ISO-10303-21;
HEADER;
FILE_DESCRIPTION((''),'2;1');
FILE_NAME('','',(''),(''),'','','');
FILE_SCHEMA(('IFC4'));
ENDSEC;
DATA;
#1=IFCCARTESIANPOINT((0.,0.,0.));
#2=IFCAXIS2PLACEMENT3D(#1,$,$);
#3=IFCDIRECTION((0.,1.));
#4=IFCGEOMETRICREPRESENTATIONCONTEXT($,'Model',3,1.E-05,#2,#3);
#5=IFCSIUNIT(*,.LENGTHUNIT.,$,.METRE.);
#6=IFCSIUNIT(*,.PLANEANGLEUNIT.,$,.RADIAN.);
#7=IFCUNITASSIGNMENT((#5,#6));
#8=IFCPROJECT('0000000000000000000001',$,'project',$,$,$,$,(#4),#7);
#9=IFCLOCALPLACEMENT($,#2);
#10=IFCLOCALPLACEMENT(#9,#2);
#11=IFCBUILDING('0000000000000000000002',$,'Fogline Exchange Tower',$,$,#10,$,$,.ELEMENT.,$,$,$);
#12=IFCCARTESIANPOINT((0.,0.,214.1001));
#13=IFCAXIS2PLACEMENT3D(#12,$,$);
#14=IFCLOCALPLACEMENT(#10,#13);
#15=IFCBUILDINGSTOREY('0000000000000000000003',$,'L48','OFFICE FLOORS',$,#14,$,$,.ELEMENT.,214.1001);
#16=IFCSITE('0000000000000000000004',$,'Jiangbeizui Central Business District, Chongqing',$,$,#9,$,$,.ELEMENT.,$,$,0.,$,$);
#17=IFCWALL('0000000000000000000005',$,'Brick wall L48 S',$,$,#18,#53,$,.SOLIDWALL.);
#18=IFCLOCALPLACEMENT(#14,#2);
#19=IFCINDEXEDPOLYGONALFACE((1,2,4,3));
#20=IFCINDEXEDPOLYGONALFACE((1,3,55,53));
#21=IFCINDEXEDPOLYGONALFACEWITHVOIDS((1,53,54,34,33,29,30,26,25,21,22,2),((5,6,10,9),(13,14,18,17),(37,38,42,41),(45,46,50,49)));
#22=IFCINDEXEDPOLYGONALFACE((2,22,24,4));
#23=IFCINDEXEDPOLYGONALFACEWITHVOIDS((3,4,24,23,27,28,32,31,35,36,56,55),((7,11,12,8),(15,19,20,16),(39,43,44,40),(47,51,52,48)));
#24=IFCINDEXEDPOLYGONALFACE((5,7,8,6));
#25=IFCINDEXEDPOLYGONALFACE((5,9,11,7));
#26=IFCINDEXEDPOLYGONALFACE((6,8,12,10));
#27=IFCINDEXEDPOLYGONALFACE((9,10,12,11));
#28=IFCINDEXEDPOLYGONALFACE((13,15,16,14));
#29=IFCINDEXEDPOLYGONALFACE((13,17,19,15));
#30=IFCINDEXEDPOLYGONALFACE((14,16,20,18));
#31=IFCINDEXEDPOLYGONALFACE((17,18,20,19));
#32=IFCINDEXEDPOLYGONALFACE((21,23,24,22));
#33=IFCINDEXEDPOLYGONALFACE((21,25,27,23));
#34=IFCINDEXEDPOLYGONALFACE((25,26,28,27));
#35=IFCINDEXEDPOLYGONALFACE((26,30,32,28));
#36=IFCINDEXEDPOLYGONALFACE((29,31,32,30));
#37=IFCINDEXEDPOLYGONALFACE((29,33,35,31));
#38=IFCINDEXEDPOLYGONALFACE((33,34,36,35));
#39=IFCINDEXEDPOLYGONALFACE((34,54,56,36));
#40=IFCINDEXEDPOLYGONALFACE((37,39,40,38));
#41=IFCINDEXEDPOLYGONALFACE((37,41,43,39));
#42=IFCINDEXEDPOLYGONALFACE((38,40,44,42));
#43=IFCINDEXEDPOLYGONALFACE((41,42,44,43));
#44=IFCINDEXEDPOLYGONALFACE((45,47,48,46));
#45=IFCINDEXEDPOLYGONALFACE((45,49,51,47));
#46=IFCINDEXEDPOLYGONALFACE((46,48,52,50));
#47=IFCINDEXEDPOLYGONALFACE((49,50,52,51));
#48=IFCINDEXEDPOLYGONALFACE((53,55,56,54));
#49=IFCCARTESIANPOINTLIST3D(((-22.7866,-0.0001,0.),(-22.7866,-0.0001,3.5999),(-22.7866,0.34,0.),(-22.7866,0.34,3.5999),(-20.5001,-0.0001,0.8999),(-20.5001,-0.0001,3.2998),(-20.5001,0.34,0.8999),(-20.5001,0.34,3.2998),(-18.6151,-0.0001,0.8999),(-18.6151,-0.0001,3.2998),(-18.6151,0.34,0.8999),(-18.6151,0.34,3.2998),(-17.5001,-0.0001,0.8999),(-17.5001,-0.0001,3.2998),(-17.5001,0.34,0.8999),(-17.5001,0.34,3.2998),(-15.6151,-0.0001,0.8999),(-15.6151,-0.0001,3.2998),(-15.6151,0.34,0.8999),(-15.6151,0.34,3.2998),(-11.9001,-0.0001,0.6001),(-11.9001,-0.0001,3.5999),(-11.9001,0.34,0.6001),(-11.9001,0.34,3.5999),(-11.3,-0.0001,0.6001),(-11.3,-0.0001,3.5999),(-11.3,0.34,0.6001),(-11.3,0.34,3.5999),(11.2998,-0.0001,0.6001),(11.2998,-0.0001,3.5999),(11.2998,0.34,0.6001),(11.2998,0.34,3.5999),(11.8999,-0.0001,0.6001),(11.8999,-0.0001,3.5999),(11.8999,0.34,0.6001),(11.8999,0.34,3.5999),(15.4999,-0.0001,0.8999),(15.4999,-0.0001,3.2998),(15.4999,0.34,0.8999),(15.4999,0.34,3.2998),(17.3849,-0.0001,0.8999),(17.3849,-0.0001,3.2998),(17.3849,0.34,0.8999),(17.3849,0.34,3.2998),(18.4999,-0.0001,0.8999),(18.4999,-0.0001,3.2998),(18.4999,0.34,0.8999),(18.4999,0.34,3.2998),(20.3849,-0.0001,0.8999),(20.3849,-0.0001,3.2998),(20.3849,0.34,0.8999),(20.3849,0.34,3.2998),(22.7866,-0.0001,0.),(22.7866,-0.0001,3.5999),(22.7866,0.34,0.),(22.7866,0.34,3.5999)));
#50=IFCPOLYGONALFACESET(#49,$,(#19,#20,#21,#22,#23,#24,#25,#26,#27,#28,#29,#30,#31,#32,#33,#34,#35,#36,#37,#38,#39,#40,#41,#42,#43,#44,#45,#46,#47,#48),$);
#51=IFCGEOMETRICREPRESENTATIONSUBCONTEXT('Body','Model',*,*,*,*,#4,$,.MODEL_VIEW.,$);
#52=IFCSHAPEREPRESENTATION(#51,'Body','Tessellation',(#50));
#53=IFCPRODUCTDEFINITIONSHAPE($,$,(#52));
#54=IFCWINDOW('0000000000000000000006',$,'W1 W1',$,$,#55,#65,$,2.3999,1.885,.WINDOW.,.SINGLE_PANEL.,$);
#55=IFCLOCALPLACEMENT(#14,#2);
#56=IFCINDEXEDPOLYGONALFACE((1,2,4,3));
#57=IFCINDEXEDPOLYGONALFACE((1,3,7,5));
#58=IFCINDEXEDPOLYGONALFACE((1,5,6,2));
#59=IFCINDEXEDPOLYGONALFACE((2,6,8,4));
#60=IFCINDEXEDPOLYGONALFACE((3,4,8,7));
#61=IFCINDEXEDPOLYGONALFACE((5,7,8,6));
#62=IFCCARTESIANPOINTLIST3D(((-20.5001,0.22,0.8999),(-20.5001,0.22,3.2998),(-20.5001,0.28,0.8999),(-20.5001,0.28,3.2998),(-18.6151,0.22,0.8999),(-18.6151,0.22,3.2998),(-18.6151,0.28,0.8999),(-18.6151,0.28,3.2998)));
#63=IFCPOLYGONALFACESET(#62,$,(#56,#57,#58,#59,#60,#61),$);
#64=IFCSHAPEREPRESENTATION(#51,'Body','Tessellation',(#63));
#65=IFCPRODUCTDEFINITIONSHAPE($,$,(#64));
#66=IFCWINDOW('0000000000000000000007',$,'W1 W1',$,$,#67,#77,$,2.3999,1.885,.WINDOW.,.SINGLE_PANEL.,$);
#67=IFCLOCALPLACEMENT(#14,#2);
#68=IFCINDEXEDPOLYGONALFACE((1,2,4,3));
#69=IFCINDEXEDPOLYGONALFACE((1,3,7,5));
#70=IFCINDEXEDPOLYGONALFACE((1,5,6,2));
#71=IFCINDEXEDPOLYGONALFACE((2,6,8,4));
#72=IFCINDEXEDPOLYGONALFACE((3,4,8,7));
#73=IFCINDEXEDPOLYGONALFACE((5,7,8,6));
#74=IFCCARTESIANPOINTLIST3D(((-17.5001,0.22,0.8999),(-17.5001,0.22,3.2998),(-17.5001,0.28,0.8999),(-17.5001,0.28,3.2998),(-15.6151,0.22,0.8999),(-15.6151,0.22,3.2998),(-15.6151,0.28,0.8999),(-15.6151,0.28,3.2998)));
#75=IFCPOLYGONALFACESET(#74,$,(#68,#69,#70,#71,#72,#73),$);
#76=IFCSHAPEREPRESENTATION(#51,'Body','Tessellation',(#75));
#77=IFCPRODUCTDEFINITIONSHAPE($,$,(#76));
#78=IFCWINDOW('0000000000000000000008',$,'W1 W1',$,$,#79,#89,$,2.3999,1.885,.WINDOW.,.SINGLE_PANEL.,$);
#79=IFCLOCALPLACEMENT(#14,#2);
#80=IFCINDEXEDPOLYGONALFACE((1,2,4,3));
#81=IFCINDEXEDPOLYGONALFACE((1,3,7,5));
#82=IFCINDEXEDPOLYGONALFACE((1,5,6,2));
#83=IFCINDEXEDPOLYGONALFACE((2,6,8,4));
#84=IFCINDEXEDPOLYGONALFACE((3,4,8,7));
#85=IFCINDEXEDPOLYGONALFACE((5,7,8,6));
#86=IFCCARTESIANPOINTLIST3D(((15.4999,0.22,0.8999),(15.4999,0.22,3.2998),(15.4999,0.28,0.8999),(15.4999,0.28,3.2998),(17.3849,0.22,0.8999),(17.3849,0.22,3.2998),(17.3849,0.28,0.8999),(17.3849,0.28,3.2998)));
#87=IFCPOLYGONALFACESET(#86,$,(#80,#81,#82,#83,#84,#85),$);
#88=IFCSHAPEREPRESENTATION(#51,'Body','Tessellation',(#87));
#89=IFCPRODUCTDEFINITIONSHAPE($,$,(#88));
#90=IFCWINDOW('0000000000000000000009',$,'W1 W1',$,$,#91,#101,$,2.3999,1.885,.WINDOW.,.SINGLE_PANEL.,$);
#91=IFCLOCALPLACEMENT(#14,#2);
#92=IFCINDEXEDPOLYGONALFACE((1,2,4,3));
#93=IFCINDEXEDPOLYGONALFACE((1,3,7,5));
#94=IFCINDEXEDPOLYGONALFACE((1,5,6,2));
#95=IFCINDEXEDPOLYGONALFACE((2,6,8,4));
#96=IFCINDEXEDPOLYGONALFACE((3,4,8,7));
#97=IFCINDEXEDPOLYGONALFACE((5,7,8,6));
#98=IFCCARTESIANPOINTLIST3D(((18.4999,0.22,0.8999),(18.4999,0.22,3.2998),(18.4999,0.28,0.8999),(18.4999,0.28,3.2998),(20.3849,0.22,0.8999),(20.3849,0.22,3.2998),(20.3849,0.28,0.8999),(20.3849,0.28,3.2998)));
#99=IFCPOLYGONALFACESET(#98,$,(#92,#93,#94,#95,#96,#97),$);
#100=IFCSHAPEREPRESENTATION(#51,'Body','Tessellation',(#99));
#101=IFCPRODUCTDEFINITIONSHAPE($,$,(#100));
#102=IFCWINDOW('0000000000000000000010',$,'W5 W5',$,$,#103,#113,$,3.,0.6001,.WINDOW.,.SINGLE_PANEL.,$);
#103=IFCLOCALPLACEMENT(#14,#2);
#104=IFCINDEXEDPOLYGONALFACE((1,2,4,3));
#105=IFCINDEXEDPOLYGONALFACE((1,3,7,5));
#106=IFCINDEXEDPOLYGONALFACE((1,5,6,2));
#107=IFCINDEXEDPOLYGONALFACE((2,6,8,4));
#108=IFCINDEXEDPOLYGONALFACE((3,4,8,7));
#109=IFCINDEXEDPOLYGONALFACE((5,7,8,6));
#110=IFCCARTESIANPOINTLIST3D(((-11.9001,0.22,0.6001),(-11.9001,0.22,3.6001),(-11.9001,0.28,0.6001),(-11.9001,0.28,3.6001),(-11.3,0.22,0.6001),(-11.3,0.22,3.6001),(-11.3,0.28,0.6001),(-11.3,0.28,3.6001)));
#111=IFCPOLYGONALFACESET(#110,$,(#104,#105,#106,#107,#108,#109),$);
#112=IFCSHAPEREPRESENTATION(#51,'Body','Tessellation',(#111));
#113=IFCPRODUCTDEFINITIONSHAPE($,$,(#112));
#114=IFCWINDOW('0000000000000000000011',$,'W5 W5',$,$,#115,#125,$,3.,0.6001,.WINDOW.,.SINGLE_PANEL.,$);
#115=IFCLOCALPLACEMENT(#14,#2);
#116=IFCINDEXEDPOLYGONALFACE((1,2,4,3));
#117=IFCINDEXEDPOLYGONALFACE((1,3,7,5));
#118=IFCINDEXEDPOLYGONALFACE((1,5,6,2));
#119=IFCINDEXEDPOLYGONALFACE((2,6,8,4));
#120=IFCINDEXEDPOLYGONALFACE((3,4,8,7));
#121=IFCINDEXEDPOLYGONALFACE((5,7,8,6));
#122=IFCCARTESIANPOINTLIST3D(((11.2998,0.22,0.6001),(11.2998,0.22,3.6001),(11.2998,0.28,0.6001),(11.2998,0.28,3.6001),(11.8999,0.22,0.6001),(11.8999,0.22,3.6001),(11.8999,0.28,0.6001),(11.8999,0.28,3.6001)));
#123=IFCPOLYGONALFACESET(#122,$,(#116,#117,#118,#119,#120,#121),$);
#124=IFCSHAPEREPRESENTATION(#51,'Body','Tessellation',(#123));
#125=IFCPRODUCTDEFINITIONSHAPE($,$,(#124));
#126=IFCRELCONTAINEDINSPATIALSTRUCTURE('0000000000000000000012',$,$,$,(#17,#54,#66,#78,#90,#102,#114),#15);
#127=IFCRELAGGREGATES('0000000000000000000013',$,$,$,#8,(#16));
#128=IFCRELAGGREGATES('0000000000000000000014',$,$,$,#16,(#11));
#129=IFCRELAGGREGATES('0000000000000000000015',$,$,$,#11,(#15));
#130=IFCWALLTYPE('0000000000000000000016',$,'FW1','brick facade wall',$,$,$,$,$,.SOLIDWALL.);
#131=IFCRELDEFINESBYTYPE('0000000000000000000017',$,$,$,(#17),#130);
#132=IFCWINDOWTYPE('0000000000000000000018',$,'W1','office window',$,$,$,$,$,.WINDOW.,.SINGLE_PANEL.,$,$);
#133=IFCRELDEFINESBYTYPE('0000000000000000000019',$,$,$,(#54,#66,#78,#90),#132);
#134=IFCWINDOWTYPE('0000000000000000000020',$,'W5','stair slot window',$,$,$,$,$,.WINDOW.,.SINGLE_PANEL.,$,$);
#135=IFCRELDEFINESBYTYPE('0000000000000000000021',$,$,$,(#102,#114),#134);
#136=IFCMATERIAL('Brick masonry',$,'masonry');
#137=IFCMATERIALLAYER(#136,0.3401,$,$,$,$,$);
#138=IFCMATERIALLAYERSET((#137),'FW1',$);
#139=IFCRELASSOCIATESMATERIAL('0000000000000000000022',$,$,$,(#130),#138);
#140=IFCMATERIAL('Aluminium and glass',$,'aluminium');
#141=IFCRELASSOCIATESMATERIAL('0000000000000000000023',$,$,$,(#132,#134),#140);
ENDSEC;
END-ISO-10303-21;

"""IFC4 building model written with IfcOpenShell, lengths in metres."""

from ifc_helpers import new_model, si_unit, direction, frame, frame_2d, origin, place, context, subcontext, project, spatial, rectangle, extrude, material, layer, layer_set, type_object, element, fill, save


model = new_model("IFC4")

# Units and contexts
model_context = context("Model", 3, precision=1e-05, world=origin(), true_north=direction((0.0, 1.0)))
body_context = subcontext(model_context, "Body", "Model", "MODEL_VIEW")
ifc_project = project(units=[si_unit("LENGTHUNIT", "METRE"), si_unit("PLANEANGLEUNIT", "RADIAN")], contexts=[model_context])

# Site, building, storey
site_placement = place(None, origin())
site = spatial("IfcSite", under=ifc_project, at=site_placement, Name="Jiangbeizui Central Business District, Chongqing", CompositionType="ELEMENT", RefElevation=0.0)
building_placement = place(site_placement, origin())
building = spatial("IfcBuilding", under=site, at=building_placement, Name="Fogline Exchange Tower", CompositionType="ELEMENT")
storey_placement = place(building_placement, frame((0.0, 0.0, 214.1001)))
storey = spatial("IfcBuildingStorey", under=building, at=storey_placement, Name="L48", Description="OFFICE FLOORS", CompositionType="ELEMENT", Elevation=214.1001)

# Shared definitions
ifc_material_1 = material(Name="Brick masonry", Category="masonry")
ifc_layer = layer(ifc_material_1, 0.3401)
ifc_layer_set = layer_set([ifc_layer], Name="FW1")
wall_type = type_object("IfcWallType", Name="FW1", Description="brick facade wall", PredefinedType="SOLIDWALL", material=ifc_layer_set)
ifc_material_2 = material(Name="Aluminium and glass", Category="aluminium")

# Wall, openings, windows
wall_1_placement = place(storey_placement, frame((-22.7866, 0.1699, 0.0), z_axis=(0.0, 0.0, 1.0), x_axis=(1.0, 0.0, 0.0)))
wall_1 = element("IfcWall", 1, at=wall_1_placement, inside=storey, type_object=wall_type, Name="Brick wall L48 S", PredefinedType="SOLIDWALL", context=body_context, shape_type="SweptSolid", body=[
    extrude(rectangle(XDim=45.5732, YDim=0.3401, at=frame_2d((22.7866, 0.0))), origin(), (0.0, 0.0, 1.0), 3.5999),
])
opening_1_placement = place(wall_1_placement, frame((2.2866, 0.0, 0.8999)))
opening_1 = element("IfcOpeningElement", 2, at=opening_1_placement, cuts=wall_1, PredefinedType="OPENING", context=body_context, shape_type="SweptSolid", body=[
    extrude(rectangle(XDim=1.885, YDim=2.3999, at=frame_2d((0.9424, 1.2))), frame((0.0, 0.1802, 0.0), z_axis=(0.0, -1.0, 0.0), x_axis=(1.0, 0.0, 0.0)), (0.0, 0.0, 1.0), 0.3601),
])
opening_2_placement = place(wall_1_placement, frame((5.2866, 0.0, 0.8999)))
opening_2 = element("IfcOpeningElement", 3, at=opening_2_placement, cuts=wall_1, PredefinedType="OPENING", context=body_context, shape_type="SweptSolid", body=[
    extrude(rectangle(XDim=1.885, YDim=2.3999, at=frame_2d((0.9424, 1.2))), frame((0.0, 0.1802, 0.0), z_axis=(0.0, -1.0, 0.0), x_axis=(1.0, 0.0, 0.0)), (0.0, 0.0, 1.0), 0.3601),
])
opening_3_placement = place(wall_1_placement, frame((38.2866, 0.0, 0.8999)))
opening_3 = element("IfcOpeningElement", 4, at=opening_3_placement, cuts=wall_1, PredefinedType="OPENING", context=body_context, shape_type="SweptSolid", body=[
    extrude(rectangle(XDim=1.885, YDim=2.3999, at=frame_2d((0.9424, 1.2))), frame((0.0, 0.1802, 0.0), z_axis=(0.0, -1.0, 0.0), x_axis=(1.0, 0.0, 0.0)), (0.0, 0.0, 1.0), 0.3601),
])
opening_4_placement = place(wall_1_placement, frame((41.2866, 0.0, 0.8999)))
opening_4 = element("IfcOpeningElement", 5, at=opening_4_placement, cuts=wall_1, PredefinedType="OPENING", context=body_context, shape_type="SweptSolid", body=[
    extrude(rectangle(XDim=1.885, YDim=2.3999, at=frame_2d((0.9424, 1.2))), frame((0.0, 0.1802, 0.0), z_axis=(0.0, -1.0, 0.0), x_axis=(1.0, 0.0, 0.0)), (0.0, 0.0, 1.0), 0.3601),
])
opening_5_placement = place(wall_1_placement, frame((10.8865, 0.0, 0.6001)))
opening_5 = element("IfcOpeningElement", 6, at=opening_5_placement, cuts=wall_1, PredefinedType="OPENING", context=body_context, shape_type="SweptSolid", body=[
    extrude(rectangle(XDim=0.6001, YDim=3.0, at=frame_2d((0.3, 1.5))), frame((0.0, 0.1802, 0.0), z_axis=(0.0, -1.0, 0.0), x_axis=(1.0, 0.0, 0.0)), (0.0, 0.0, 1.0), 0.3601),
])
opening_6_placement = place(wall_1_placement, frame((34.0864, 0.0, 0.6001)))
opening_6 = element("IfcOpeningElement", 7, at=opening_6_placement, cuts=wall_1, PredefinedType="OPENING", context=body_context, shape_type="SweptSolid", body=[
    extrude(rectangle(XDim=0.6001, YDim=3.0, at=frame_2d((0.3, 1.5))), frame((0.0, 0.1802, 0.0), z_axis=(0.0, -1.0, 0.0), x_axis=(1.0, 0.0, 0.0)), (0.0, 0.0, 1.0), 0.3601),
])
window_type_1 = type_object("IfcWindowType", Name="W1", Description="office window", PartitioningType="SINGLE_PANEL", PredefinedType="WINDOW", material=ifc_material_2)
window_1_placement = place(opening_1_placement, origin())
window_1 = element("IfcWindow", 8, at=window_1_placement, inside=storey, type_object=window_type_1, Name="W1 W1", OverallHeight=2.3999, OverallWidth=1.885, PartitioningType="SINGLE_PANEL", PredefinedType="WINDOW", context=body_context, shape_type="SweptSolid", body=[
    extrude(rectangle(XDim=1.885, YDim=2.3999, at=frame_2d((0.9424, 1.2))), frame((0.0, 0.1101, 0.0), z_axis=(0.0, -1.0, 0.0), x_axis=(1.0, 0.0, 0.0)), (0.0, 0.0, 1.0), 0.0601),
])
fill(opening_1, window_1)
window_2_placement = place(opening_2_placement, origin())
window_2 = element("IfcWindow", 9, at=window_2_placement, inside=storey, type_object=window_type_1, Name="W1 W1", OverallHeight=2.3999, OverallWidth=1.885, PartitioningType="SINGLE_PANEL", PredefinedType="WINDOW", context=body_context, shape_type="SweptSolid", body=[
    extrude(rectangle(XDim=1.885, YDim=2.3999, at=frame_2d((0.9424, 1.2))), frame((0.0, 0.1101, 0.0), z_axis=(0.0, -1.0, 0.0), x_axis=(1.0, 0.0, 0.0)), (0.0, 0.0, 1.0), 0.0601),
])
fill(opening_2, window_2)
window_3_placement = place(opening_3_placement, origin())
window_3 = element("IfcWindow", 10, at=window_3_placement, inside=storey, type_object=window_type_1, Name="W1 W1", OverallHeight=2.3999, OverallWidth=1.885, PartitioningType="SINGLE_PANEL", PredefinedType="WINDOW", context=body_context, shape_type="SweptSolid", body=[
    extrude(rectangle(XDim=1.885, YDim=2.3999, at=frame_2d((0.9424, 1.2))), frame((0.0, 0.1101, 0.0), z_axis=(0.0, -1.0, 0.0), x_axis=(1.0, 0.0, 0.0)), (0.0, 0.0, 1.0), 0.0601),
])
fill(opening_3, window_3)
window_4_placement = place(opening_4_placement, origin())
window_4 = element("IfcWindow", 11, at=window_4_placement, inside=storey, type_object=window_type_1, Name="W1 W1", OverallHeight=2.3999, OverallWidth=1.885, PartitioningType="SINGLE_PANEL", PredefinedType="WINDOW", context=body_context, shape_type="SweptSolid", body=[
    extrude(rectangle(XDim=1.885, YDim=2.3999, at=frame_2d((0.9424, 1.2))), frame((0.0, 0.1101, 0.0), z_axis=(0.0, -1.0, 0.0), x_axis=(1.0, 0.0, 0.0)), (0.0, 0.0, 1.0), 0.0601),
])
fill(opening_4, window_4)
window_type_2 = type_object("IfcWindowType", Name="W5", Description="stair slot window", PartitioningType="SINGLE_PANEL", PredefinedType="WINDOW", material=ifc_material_2)
window_5_placement = place(opening_5_placement, origin())
window_5 = element("IfcWindow", 12, at=window_5_placement, inside=storey, type_object=window_type_2, Name="W5 W5", OverallHeight=3.0, OverallWidth=0.6001, PartitioningType="SINGLE_PANEL", PredefinedType="WINDOW", context=body_context, shape_type="SweptSolid", body=[
    extrude(rectangle(XDim=0.6001, YDim=3.0, at=frame_2d((0.3, 1.5))), frame((0.0, 0.1101, 0.0), z_axis=(0.0, -1.0, 0.0), x_axis=(1.0, 0.0, 0.0)), (0.0, 0.0, 1.0), 0.0601),
])
fill(opening_5, window_5)
window_6_placement = place(opening_6_placement, origin())
window_6 = element("IfcWindow", 13, at=window_6_placement, inside=storey, type_object=window_type_2, Name="W5 W5", OverallHeight=3.0, OverallWidth=0.6001, PartitioningType="SINGLE_PANEL", PredefinedType="WINDOW", context=body_context, shape_type="SweptSolid", body=[
    extrude(rectangle(XDim=0.6001, YDim=3.0, at=frame_2d((0.3, 1.5))), frame((0.0, 0.1101, 0.0), z_axis=(0.0, -1.0, 0.0), x_axis=(1.0, 0.0, 0.0)), (0.0, 0.0, 1.0), 0.0601),
])
fill(opening_6, window_6)

save(model, "model.ifc")
